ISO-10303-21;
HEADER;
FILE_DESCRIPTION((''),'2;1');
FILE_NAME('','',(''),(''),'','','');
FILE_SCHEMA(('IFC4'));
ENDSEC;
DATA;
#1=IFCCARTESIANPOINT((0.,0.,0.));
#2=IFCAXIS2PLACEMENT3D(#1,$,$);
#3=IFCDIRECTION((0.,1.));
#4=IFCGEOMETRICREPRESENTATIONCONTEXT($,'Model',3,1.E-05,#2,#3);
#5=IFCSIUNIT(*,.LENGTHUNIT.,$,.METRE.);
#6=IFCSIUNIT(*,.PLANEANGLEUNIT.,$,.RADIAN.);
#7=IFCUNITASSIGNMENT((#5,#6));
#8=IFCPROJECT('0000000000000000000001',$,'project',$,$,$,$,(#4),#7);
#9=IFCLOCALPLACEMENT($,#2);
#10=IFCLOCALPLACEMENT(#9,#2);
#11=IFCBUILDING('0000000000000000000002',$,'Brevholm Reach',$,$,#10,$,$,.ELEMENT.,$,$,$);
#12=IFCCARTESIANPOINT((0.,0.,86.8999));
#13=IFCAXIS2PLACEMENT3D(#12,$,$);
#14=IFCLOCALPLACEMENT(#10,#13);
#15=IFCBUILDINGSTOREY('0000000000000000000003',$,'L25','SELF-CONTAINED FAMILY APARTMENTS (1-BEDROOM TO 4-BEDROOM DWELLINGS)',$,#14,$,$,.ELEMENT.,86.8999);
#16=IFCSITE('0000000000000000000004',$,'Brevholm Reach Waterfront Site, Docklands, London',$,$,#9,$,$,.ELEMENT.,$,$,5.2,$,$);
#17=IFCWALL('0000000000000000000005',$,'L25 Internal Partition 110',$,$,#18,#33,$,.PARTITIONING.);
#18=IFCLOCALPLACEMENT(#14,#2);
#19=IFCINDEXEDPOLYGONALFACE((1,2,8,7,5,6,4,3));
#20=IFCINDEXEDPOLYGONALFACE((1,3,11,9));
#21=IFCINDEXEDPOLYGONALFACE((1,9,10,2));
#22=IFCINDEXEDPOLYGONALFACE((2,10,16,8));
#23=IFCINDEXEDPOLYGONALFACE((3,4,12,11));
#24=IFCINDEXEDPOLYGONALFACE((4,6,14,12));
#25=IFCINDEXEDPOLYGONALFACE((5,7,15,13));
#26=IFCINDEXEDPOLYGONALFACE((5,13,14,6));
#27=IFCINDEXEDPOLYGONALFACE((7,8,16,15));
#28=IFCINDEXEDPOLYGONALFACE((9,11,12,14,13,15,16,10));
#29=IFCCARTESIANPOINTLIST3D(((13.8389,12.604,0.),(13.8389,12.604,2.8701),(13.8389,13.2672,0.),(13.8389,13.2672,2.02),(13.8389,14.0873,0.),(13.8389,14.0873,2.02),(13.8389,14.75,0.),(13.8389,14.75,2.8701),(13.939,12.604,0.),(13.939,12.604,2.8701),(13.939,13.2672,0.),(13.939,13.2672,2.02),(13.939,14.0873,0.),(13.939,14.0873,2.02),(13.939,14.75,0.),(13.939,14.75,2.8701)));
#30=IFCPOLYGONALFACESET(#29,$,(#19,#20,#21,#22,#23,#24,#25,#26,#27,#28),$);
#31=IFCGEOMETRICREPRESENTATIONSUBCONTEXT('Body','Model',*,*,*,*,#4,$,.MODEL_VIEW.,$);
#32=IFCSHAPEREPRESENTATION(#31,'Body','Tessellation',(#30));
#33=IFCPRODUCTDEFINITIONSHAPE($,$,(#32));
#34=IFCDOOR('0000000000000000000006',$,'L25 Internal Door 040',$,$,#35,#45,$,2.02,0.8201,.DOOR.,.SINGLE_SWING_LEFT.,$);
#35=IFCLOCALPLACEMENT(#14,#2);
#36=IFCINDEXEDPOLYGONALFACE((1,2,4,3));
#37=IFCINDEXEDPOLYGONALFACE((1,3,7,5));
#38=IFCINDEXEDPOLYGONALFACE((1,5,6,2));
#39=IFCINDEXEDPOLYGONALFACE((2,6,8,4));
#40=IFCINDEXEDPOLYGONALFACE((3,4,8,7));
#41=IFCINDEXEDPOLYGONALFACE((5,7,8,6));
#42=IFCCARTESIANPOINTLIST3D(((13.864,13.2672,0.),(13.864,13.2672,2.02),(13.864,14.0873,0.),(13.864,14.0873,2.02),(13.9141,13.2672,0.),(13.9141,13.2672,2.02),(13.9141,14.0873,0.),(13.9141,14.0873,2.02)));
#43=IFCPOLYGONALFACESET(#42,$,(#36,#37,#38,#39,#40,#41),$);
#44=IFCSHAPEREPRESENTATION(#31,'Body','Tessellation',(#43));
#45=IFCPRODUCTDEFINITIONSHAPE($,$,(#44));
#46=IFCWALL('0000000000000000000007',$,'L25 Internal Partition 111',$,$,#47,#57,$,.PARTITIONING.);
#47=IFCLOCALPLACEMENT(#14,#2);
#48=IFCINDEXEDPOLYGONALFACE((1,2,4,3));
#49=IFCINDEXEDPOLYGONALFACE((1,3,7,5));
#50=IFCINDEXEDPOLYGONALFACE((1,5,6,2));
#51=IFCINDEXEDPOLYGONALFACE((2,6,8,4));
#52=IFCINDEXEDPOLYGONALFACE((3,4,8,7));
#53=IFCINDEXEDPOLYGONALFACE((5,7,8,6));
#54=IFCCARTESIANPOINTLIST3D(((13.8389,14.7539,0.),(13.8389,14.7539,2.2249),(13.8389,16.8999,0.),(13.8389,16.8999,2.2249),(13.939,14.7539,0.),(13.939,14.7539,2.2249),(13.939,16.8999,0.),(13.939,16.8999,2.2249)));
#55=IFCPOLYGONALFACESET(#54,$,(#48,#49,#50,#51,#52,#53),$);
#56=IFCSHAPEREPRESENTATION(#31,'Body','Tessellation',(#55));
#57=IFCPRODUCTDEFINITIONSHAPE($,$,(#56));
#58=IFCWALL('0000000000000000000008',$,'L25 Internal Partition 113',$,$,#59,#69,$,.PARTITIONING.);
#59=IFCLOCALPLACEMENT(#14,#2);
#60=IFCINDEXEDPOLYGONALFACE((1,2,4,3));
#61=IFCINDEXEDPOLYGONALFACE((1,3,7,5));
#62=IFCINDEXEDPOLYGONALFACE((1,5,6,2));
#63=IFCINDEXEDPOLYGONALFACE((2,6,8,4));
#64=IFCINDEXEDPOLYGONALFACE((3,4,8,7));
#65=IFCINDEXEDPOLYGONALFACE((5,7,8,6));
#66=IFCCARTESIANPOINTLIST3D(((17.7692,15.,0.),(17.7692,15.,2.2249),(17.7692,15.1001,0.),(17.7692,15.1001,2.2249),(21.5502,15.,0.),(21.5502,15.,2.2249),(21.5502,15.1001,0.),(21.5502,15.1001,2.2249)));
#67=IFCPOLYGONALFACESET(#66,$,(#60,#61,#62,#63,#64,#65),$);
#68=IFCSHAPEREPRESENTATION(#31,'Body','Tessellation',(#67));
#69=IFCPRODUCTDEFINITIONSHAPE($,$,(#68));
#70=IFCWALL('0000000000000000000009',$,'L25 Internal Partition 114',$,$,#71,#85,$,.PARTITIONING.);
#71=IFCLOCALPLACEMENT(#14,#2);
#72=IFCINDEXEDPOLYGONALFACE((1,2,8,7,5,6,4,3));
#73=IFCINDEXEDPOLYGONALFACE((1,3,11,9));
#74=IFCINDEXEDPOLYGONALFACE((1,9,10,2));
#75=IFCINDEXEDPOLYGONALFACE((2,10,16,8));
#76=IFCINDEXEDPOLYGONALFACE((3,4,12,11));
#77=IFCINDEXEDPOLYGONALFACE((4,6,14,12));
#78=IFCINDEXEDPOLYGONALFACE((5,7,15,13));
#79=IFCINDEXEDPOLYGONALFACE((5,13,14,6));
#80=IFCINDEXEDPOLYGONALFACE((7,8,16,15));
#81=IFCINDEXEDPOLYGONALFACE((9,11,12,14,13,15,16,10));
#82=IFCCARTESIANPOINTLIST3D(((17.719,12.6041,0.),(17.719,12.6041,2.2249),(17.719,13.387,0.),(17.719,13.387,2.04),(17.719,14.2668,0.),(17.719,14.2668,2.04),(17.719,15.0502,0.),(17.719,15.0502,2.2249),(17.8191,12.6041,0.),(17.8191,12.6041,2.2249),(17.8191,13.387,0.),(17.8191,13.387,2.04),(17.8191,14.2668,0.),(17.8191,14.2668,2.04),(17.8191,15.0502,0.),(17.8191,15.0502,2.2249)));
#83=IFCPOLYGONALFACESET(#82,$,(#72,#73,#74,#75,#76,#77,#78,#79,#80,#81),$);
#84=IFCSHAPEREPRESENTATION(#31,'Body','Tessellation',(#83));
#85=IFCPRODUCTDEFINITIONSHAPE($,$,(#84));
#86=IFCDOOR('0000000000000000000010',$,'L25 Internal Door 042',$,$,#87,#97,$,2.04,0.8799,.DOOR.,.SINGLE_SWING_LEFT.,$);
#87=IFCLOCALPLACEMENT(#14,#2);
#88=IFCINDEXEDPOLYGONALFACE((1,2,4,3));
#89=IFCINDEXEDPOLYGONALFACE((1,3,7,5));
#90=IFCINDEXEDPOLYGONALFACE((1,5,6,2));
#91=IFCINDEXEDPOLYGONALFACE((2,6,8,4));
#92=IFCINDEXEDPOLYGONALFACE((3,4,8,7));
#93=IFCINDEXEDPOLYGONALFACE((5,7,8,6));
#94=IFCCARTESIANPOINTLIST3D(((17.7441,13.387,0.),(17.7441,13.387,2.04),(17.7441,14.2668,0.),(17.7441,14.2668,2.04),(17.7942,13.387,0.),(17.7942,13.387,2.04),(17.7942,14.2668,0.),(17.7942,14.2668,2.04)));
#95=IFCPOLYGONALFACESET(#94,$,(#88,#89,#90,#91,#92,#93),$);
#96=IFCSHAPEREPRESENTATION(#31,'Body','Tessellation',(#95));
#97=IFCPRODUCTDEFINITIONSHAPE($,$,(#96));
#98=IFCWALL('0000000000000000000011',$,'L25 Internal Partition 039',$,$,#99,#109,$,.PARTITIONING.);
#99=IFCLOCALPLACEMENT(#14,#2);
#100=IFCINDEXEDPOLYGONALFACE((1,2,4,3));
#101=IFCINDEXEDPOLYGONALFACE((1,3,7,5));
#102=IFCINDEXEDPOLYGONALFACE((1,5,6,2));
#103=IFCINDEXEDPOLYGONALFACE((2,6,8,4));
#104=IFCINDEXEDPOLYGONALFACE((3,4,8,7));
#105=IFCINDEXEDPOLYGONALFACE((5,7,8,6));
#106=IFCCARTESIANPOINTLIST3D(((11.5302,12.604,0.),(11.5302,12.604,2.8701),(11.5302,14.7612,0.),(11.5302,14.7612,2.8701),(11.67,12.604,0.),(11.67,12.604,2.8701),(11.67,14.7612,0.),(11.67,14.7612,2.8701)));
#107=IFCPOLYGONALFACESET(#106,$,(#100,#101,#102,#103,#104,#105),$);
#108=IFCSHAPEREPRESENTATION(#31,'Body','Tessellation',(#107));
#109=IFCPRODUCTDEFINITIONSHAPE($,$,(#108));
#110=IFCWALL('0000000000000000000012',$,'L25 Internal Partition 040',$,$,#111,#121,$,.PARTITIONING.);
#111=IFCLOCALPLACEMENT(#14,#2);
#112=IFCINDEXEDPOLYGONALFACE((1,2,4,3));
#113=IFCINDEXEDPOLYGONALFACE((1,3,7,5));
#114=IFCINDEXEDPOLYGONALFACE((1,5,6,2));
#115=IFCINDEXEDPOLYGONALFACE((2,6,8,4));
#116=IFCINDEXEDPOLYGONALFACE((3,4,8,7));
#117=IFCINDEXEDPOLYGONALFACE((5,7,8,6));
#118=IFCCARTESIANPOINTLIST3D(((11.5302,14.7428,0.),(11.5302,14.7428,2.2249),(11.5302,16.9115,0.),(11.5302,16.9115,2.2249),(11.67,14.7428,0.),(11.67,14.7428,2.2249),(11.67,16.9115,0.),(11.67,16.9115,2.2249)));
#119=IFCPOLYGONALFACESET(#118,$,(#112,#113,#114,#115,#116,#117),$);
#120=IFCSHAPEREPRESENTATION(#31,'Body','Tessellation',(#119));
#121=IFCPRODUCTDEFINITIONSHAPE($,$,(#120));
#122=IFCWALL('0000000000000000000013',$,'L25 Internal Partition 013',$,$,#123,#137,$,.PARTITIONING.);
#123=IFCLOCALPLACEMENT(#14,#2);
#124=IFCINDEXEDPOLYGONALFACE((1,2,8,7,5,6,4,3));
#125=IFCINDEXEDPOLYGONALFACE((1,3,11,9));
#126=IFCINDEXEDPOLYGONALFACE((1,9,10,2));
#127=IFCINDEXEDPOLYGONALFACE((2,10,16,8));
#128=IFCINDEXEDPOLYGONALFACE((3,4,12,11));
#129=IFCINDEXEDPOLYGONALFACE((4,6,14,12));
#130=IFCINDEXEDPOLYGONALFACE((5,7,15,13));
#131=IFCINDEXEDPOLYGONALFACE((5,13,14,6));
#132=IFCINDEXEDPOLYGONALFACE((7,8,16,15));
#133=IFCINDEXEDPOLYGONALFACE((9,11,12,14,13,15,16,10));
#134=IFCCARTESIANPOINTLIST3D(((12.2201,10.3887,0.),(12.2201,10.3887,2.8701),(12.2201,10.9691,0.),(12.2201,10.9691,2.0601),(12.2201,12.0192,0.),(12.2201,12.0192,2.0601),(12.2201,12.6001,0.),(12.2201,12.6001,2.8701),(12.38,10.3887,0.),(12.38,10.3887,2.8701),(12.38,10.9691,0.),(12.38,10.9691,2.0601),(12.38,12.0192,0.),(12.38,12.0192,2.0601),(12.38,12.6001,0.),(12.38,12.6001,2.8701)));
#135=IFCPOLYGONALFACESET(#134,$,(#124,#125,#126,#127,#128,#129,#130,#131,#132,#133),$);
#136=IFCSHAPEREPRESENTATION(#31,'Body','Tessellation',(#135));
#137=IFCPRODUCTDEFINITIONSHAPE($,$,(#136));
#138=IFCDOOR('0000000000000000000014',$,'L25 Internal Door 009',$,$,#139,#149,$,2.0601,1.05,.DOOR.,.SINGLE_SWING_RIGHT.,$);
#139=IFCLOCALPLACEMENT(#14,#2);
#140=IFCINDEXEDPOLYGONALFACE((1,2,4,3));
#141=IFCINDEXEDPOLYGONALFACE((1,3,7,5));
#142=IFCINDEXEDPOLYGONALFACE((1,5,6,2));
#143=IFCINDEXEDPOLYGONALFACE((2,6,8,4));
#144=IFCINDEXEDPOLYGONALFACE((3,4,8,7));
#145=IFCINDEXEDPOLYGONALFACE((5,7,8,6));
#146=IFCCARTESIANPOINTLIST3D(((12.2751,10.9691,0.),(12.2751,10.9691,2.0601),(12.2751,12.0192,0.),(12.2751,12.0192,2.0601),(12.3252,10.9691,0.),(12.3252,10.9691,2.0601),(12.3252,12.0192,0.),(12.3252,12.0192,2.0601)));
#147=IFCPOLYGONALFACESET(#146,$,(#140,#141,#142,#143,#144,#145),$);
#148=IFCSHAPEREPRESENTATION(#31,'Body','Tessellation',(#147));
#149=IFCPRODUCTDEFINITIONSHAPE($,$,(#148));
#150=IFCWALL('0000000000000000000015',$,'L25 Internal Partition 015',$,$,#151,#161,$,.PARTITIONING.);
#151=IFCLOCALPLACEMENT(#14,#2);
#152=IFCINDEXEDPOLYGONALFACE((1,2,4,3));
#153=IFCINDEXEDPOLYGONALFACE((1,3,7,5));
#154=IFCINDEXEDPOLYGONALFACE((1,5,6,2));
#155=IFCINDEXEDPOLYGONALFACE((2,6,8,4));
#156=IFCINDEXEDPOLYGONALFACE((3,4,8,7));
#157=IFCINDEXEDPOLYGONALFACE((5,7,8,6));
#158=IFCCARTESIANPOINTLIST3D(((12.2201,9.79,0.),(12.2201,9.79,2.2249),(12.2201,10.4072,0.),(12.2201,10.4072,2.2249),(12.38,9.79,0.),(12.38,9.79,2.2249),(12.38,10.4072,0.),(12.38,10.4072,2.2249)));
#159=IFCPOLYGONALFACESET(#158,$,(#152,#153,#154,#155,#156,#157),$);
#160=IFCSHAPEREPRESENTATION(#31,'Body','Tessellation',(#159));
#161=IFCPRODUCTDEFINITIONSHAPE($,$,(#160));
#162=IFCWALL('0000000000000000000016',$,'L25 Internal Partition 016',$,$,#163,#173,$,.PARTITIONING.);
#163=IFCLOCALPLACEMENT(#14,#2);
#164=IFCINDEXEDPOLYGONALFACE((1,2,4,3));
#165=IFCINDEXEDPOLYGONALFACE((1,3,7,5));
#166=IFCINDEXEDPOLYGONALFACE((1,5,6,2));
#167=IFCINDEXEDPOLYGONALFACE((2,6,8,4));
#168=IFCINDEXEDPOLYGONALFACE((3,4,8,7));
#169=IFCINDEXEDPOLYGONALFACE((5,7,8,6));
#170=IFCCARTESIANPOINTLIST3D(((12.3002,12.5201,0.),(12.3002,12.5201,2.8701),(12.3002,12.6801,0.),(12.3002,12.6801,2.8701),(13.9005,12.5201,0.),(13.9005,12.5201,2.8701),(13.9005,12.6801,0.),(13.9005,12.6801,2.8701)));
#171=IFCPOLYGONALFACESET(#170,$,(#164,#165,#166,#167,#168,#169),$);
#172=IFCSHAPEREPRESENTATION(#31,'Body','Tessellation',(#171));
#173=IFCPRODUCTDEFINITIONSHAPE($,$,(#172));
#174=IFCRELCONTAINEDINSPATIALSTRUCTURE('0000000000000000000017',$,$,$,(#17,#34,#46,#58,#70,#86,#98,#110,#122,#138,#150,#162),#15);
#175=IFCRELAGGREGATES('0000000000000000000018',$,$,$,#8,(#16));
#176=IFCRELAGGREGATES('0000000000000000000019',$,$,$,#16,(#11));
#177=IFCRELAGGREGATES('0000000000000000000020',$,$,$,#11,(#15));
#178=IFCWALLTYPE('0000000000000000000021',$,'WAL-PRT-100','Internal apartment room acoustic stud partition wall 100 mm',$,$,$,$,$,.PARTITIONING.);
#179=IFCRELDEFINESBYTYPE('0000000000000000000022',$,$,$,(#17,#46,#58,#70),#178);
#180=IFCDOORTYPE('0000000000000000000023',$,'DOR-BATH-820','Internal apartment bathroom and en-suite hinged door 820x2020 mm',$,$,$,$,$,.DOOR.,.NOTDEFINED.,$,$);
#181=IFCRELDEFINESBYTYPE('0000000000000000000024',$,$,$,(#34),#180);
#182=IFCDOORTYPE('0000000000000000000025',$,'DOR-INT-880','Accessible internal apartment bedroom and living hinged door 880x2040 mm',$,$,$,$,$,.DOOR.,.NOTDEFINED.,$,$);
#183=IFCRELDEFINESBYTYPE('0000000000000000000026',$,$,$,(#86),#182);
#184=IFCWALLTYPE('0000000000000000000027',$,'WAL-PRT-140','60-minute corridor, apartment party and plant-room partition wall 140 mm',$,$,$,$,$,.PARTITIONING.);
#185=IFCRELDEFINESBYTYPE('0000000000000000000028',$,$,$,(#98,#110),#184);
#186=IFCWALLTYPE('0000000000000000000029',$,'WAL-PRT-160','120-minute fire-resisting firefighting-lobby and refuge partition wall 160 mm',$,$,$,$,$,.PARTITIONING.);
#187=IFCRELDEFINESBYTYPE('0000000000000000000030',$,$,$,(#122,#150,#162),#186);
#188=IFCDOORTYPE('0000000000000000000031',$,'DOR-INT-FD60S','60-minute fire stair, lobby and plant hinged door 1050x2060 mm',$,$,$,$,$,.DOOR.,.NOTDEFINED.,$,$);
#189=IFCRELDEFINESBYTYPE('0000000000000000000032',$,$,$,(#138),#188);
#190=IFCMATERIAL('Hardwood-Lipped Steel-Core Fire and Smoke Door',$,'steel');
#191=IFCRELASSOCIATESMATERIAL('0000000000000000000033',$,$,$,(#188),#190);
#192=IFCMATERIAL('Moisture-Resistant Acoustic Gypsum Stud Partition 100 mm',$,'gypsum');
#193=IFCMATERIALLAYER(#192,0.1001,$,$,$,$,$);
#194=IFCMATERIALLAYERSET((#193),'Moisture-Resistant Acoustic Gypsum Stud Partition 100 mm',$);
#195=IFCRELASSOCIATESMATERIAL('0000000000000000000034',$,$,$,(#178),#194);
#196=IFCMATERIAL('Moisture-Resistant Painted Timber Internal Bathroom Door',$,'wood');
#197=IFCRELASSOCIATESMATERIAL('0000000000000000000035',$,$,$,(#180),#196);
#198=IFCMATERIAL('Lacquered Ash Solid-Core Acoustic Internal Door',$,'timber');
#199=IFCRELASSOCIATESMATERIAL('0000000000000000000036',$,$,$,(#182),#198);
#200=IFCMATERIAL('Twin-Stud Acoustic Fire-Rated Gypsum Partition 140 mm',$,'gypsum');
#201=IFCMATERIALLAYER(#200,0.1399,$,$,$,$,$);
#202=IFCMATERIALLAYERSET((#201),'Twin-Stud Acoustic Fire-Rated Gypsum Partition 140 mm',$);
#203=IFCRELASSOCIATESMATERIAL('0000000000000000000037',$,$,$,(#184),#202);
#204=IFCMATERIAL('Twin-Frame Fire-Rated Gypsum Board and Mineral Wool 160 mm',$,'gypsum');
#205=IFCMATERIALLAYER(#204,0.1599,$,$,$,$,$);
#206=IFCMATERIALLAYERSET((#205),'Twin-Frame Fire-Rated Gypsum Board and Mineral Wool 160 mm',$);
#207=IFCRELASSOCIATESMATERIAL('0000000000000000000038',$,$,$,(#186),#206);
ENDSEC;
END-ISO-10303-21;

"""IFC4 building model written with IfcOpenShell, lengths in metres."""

from ifc_helpers import new_model, si_unit, direction, frame, frame_2d, origin, place, context, subcontext, project, spatial, rectangle, extrude, material, layer, layer_set, type_object, element, fill, save


model = new_model("IFC4")

# Units and contexts
model_context = context("Model", 3, precision=1e-05, world=origin(), true_north=direction((0.0, 1.0)))
body_context = subcontext(model_context, "Body", "Model", "MODEL_VIEW")
ifc_project = project(units=[si_unit("LENGTHUNIT", "METRE"), si_unit("PLANEANGLEUNIT", "RADIAN")], contexts=[model_context])

# Site, building, storey
site_placement = place(None, origin())
site = spatial("IfcSite", under=ifc_project, at=site_placement, Name="Brevholm Reach Waterfront Site, Docklands, London", CompositionType="ELEMENT", RefElevation=5.2)
building_placement = place(site_placement, origin())
building = spatial("IfcBuilding", under=site, at=building_placement, Name="Brevholm Reach", CompositionType="ELEMENT")
storey_placement = place(building_placement, frame((0.0, 0.0, 86.8999)))
storey = spatial("IfcBuildingStorey", under=building, at=storey_placement, Name="L25", Description="SELF-CONTAINED FAMILY APARTMENTS (1-BEDROOM TO 4-BEDROOM DWELLINGS)", CompositionType="ELEMENT", Elevation=86.8999)

# Shared definitions
ifc_material_1 = material(Name="Hardwood-Lipped Steel-Core Fire and Smoke Door", Category="steel")
door_type_1 = type_object("IfcDoorType", Name="DOR-INT-FD60S", Description="60-minute fire stair, lobby and plant hinged door 1050x2060 mm", OperationType="NOTDEFINED", PredefinedType="DOOR", material=ifc_material_1)

# Shared definitions
ifc_material_2 = material(Name="Moisture-Resistant Acoustic Gypsum Stud Partition 100 mm", Category="gypsum")
ifc_layer_1 = layer(ifc_material_2, 0.1001)
ifc_layer_set_1 = layer_set([ifc_layer_1], Name="Moisture-Resistant Acoustic Gypsum Stud Partition 100 mm")
wall_type_1 = type_object("IfcWallType", Name="WAL-PRT-100", Description="Internal apartment room acoustic stud partition wall 100 mm", PredefinedType="PARTITIONING", material=ifc_layer_set_1)

# Wall, opening, door
wall_1_placement = place(storey_placement, frame((13.8889, 12.604, 0.0), z_axis=(0.0, 0.0, 1.0), x_axis=(0.0, 1.0, 0.0)))
wall_1 = element("IfcWall", 1, at=wall_1_placement, inside=storey, type_object=wall_type_1, Name="L25 Internal Partition 110", PredefinedType="PARTITIONING", context=body_context, shape_type="SweptSolid", body=[
    extrude(rectangle(XDim=2.146, YDim=0.1001, at=frame_2d((1.073, 0.0))), origin(), (0.0, 0.0, 1.0), 2.8701),
])
opening_1_placement = place(wall_1_placement, frame((0.6631, 0.0, 0.0)))
opening_1 = element("IfcOpeningElement", 2, at=opening_1_placement, cuts=wall_1, PredefinedType="OPENING", context=body_context, shape_type="SweptSolid", body=[
    extrude(rectangle(XDim=0.8201, YDim=2.02, at=frame_2d((0.4102, 1.01))), frame((0.0, 0.0601, 0.0), z_axis=(0.0, -1.0, 0.0), x_axis=(1.0, 0.0, 0.0)), (0.0, 0.0, 1.0), 0.1201),
])
ifc_material_3 = material(Name="Moisture-Resistant Painted Timber Internal Bathroom Door", Category="wood")
door_type_2 = type_object("IfcDoorType", Name="DOR-BATH-820", Description="Internal apartment bathroom and en-suite hinged door 820x2020 mm", OperationType="NOTDEFINED", PredefinedType="DOOR", material=ifc_material_3)
door_1_placement = place(opening_1_placement, origin())
door_1 = element("IfcDoor", 3, at=door_1_placement, inside=storey, type_object=door_type_2, Name="L25 Internal Door 040", OperationType="SINGLE_SWING_LEFT", OverallHeight=2.02, OverallWidth=0.8201, PredefinedType="DOOR", context=body_context, shape_type="SweptSolid", body=[
    extrude(rectangle(XDim=0.8201, YDim=2.02, at=frame_2d((0.4102, 1.01))), frame((0.0, 0.0249, 0.0), z_axis=(0.0, -1.0, 0.0), x_axis=(1.0, 0.0, 0.0)), (0.0, 0.0, 1.0), 0.05),
])
fill(opening_1, door_1)

# Walls
wall_2_placement = place(storey_placement, frame((13.8889, 14.7539, 0.0), z_axis=(0.0, 0.0, 1.0), x_axis=(0.0, 1.0, 0.0)))
element("IfcWall", 4, at=wall_2_placement, inside=storey, type_object=wall_type_1, Name="L25 Internal Partition 111", PredefinedType="PARTITIONING", context=body_context, shape_type="SweptSolid", body=[
    extrude(rectangle(XDim=2.146, YDim=0.1001, at=frame_2d((1.073, 0.0))), origin(), (0.0, 0.0, 1.0), 2.2249),
])
wall_3_placement = place(storey_placement, frame((17.769, 15.05, 0.0), z_axis=(0.0, 0.0, 1.0), x_axis=(1.0, 0.0, 0.0)))
element("IfcWall", 5, at=wall_3_placement, inside=storey, type_object=wall_type_1, Name="L25 Internal Partition 113", PredefinedType="PARTITIONING", context=body_context, shape_type="SweptSolid", body=[
    extrude(rectangle(XDim=3.781, YDim=0.1001, at=frame_2d((1.8906, 0.0))), origin(), (0.0, 0.0, 1.0), 2.2249),
])

# Wall, opening, door
wall_4_placement = place(storey_placement, frame((17.769, 12.604, 0.0), z_axis=(0.0, 0.0, 1.0), x_axis=(0.0, 1.0, 0.0)))
wall_4 = element("IfcWall", 6, at=wall_4_placement, inside=storey, type_object=wall_type_1, Name="L25 Internal Partition 114", PredefinedType="PARTITIONING", context=body_context, shape_type="SweptSolid", body=[
    extrude(rectangle(XDim=2.446, YDim=0.1001, at=frame_2d((1.2231, 0.0))), origin(), (0.0, 0.0, 1.0), 2.2249),
])
opening_2_placement = place(wall_4_placement, frame((0.783, 0.0, 0.0)))
opening_2 = element("IfcOpeningElement", 7, at=opening_2_placement, cuts=wall_4, PredefinedType="OPENING", context=body_context, shape_type="SweptSolid", body=[
    extrude(rectangle(XDim=0.8799, YDim=2.04, at=frame_2d((0.4399, 1.02))), frame((0.0, 0.0601, 0.0), z_axis=(0.0, -1.0, 0.0), x_axis=(1.0, 0.0, 0.0)), (0.0, 0.0, 1.0), 0.1201),
])
ifc_material_4 = material(Name="Lacquered Ash Solid-Core Acoustic Internal Door", Category="timber")
door_type_3 = type_object("IfcDoorType", Name="DOR-INT-880", Description="Accessible internal apartment bedroom and living hinged door 880x2040 mm", OperationType="NOTDEFINED", PredefinedType="DOOR", material=ifc_material_4)
door_2_placement = place(opening_2_placement, origin())
door_2 = element("IfcDoor", 8, at=door_2_placement, inside=storey, type_object=door_type_3, Name="L25 Internal Door 042", OperationType="SINGLE_SWING_LEFT", OverallHeight=2.04, OverallWidth=0.8799, PredefinedType="DOOR", context=body_context, shape_type="SweptSolid", body=[
    extrude(rectangle(XDim=0.8799, YDim=2.04, at=frame_2d((0.4399, 1.02))), frame((0.0, 0.0249, 0.0), z_axis=(0.0, -1.0, 0.0), x_axis=(1.0, 0.0, 0.0)), (0.0, 0.0, 1.0), 0.05),
])
fill(opening_2, door_2)

# Walls
ifc_material_5 = material(Name="Twin-Stud Acoustic Fire-Rated Gypsum Partition 140 mm", Category="gypsum")
ifc_layer_2 = layer(ifc_material_5, 0.1399)
ifc_layer_set_2 = layer_set([ifc_layer_2], Name="Twin-Stud Acoustic Fire-Rated Gypsum Partition 140 mm")
wall_type_2 = type_object("IfcWallType", Name="WAL-PRT-140", Description="60-minute corridor, apartment party and plant-room partition wall 140 mm", PredefinedType="PARTITIONING", material=ifc_layer_set_2)
wall_5_placement = place(storey_placement, frame((11.6001, 12.604, 0.0), z_axis=(0.0, 0.0, 1.0), x_axis=(0.0, 1.0, 0.0)))
element("IfcWall", 9, at=wall_5_placement, inside=storey, type_object=wall_type_2, Name="L25 Internal Partition 039", PredefinedType="PARTITIONING", context=body_context, shape_type="SweptSolid", body=[
    extrude(rectangle(XDim=2.1572, YDim=0.1399, at=frame_2d((1.0786, 0.0))), origin(), (0.0, 0.0, 1.0), 2.8701),
])
wall_6_placement = place(storey_placement, frame((11.6001, 14.7427, 0.0), z_axis=(0.0, 0.0, 1.0), x_axis=(0.0, 1.0, 0.0)))
element("IfcWall", 10, at=wall_6_placement, inside=storey, type_object=wall_type_2, Name="L25 Internal Partition 040", PredefinedType="PARTITIONING", context=body_context, shape_type="SweptSolid", body=[
    extrude(rectangle(XDim=2.1687, YDim=0.1399, at=frame_2d((1.0845, 0.0))), origin(), (0.0, 0.0, 1.0), 2.2249),
])

# Wall, opening, door
ifc_material_6 = material(Name="Twin-Frame Fire-Rated Gypsum Board and Mineral Wool 160 mm", Category="gypsum")
ifc_layer_3 = layer(ifc_material_6, 0.1599)
ifc_layer_set_3 = layer_set([ifc_layer_3], Name="Twin-Frame Fire-Rated Gypsum Board and Mineral Wool 160 mm")
wall_type_3 = type_object("IfcWallType", Name="WAL-PRT-160", Description="120-minute fire-resisting firefighting-lobby and refuge partition wall 160 mm", PredefinedType="PARTITIONING", material=ifc_layer_set_3)
wall_7_placement = place(storey_placement, frame((12.3, 10.3887, 0.0), z_axis=(0.0, 0.0, 1.0), x_axis=(0.0, 1.0, 0.0)))
wall_7 = element("IfcWall", 11, at=wall_7_placement, inside=storey, type_object=wall_type_3, Name="L25 Internal Partition 013", PredefinedType="PARTITIONING", context=body_context, shape_type="SweptSolid", body=[
    extrude(rectangle(XDim=2.2114, YDim=0.1599, at=frame_2d((1.1057, 0.0))), origin(), (0.0, 0.0, 1.0), 2.8701),
])
opening_3_placement = place(wall_7_placement, frame((0.5806, 0.0, 0.0)))
opening_3 = element("IfcOpeningElement", 12, at=opening_3_placement, cuts=wall_7, PredefinedType="OPENING", context=body_context, shape_type="SweptSolid", body=[
    extrude(rectangle(XDim=1.05, YDim=2.0601, at=frame_2d((0.5249, 1.03))), frame((0.0, 0.0898, 0.0), z_axis=(0.0, -1.0, 0.0), x_axis=(1.0, 0.0, 0.0)), (0.0, 0.0, 1.0), 0.1799),
])
door_3_placement = place(opening_3_placement, origin())
door_3 = element("IfcDoor", 13, at=door_3_placement, inside=storey, type_object=door_type_1, Name="L25 Internal Door 009", OperationType="SINGLE_SWING_RIGHT", OverallHeight=2.0601, OverallWidth=1.05, PredefinedType="DOOR", context=body_context, shape_type="SweptSolid", body=[
    extrude(rectangle(XDim=1.05, YDim=2.0601, at=frame_2d((0.5249, 1.03))), frame((0.0, 0.0249, 0.0), z_axis=(0.0, -1.0, 0.0), x_axis=(1.0, 0.0, 0.0)), (0.0, 0.0, 1.0), 0.05),
])
fill(opening_3, door_3)

# Walls
wall_8_placement = place(storey_placement, frame((12.3, 9.79, 0.0), z_axis=(0.0, 0.0, 1.0), x_axis=(0.0, 1.0, 0.0)))
element("IfcWall", 14, at=wall_8_placement, inside=storey, type_object=wall_type_3, Name="L25 Internal Partition 015", PredefinedType="PARTITIONING", context=body_context, shape_type="SweptSolid", body=[
    extrude(rectangle(XDim=0.6172, YDim=0.1599, at=frame_2d((0.3086, 0.0))), origin(), (0.0, 0.0, 1.0), 2.2249),
])
wall_9_placement = place(storey_placement, frame((12.3, 12.6001, 0.0), z_axis=(0.0, 0.0, 1.0), x_axis=(1.0, 0.0, 0.0)))
element("IfcWall", 15, at=wall_9_placement, inside=storey, type_object=wall_type_3, Name="L25 Internal Partition 016", PredefinedType="PARTITIONING", context=body_context, shape_type="SweptSolid", body=[
    extrude(rectangle(XDim=1.6003, YDim=0.1599, at=frame_2d((0.8003, 0.0))), origin(), (0.0, 0.0, 1.0), 2.8701),
])

save(model, "model.ifc")
